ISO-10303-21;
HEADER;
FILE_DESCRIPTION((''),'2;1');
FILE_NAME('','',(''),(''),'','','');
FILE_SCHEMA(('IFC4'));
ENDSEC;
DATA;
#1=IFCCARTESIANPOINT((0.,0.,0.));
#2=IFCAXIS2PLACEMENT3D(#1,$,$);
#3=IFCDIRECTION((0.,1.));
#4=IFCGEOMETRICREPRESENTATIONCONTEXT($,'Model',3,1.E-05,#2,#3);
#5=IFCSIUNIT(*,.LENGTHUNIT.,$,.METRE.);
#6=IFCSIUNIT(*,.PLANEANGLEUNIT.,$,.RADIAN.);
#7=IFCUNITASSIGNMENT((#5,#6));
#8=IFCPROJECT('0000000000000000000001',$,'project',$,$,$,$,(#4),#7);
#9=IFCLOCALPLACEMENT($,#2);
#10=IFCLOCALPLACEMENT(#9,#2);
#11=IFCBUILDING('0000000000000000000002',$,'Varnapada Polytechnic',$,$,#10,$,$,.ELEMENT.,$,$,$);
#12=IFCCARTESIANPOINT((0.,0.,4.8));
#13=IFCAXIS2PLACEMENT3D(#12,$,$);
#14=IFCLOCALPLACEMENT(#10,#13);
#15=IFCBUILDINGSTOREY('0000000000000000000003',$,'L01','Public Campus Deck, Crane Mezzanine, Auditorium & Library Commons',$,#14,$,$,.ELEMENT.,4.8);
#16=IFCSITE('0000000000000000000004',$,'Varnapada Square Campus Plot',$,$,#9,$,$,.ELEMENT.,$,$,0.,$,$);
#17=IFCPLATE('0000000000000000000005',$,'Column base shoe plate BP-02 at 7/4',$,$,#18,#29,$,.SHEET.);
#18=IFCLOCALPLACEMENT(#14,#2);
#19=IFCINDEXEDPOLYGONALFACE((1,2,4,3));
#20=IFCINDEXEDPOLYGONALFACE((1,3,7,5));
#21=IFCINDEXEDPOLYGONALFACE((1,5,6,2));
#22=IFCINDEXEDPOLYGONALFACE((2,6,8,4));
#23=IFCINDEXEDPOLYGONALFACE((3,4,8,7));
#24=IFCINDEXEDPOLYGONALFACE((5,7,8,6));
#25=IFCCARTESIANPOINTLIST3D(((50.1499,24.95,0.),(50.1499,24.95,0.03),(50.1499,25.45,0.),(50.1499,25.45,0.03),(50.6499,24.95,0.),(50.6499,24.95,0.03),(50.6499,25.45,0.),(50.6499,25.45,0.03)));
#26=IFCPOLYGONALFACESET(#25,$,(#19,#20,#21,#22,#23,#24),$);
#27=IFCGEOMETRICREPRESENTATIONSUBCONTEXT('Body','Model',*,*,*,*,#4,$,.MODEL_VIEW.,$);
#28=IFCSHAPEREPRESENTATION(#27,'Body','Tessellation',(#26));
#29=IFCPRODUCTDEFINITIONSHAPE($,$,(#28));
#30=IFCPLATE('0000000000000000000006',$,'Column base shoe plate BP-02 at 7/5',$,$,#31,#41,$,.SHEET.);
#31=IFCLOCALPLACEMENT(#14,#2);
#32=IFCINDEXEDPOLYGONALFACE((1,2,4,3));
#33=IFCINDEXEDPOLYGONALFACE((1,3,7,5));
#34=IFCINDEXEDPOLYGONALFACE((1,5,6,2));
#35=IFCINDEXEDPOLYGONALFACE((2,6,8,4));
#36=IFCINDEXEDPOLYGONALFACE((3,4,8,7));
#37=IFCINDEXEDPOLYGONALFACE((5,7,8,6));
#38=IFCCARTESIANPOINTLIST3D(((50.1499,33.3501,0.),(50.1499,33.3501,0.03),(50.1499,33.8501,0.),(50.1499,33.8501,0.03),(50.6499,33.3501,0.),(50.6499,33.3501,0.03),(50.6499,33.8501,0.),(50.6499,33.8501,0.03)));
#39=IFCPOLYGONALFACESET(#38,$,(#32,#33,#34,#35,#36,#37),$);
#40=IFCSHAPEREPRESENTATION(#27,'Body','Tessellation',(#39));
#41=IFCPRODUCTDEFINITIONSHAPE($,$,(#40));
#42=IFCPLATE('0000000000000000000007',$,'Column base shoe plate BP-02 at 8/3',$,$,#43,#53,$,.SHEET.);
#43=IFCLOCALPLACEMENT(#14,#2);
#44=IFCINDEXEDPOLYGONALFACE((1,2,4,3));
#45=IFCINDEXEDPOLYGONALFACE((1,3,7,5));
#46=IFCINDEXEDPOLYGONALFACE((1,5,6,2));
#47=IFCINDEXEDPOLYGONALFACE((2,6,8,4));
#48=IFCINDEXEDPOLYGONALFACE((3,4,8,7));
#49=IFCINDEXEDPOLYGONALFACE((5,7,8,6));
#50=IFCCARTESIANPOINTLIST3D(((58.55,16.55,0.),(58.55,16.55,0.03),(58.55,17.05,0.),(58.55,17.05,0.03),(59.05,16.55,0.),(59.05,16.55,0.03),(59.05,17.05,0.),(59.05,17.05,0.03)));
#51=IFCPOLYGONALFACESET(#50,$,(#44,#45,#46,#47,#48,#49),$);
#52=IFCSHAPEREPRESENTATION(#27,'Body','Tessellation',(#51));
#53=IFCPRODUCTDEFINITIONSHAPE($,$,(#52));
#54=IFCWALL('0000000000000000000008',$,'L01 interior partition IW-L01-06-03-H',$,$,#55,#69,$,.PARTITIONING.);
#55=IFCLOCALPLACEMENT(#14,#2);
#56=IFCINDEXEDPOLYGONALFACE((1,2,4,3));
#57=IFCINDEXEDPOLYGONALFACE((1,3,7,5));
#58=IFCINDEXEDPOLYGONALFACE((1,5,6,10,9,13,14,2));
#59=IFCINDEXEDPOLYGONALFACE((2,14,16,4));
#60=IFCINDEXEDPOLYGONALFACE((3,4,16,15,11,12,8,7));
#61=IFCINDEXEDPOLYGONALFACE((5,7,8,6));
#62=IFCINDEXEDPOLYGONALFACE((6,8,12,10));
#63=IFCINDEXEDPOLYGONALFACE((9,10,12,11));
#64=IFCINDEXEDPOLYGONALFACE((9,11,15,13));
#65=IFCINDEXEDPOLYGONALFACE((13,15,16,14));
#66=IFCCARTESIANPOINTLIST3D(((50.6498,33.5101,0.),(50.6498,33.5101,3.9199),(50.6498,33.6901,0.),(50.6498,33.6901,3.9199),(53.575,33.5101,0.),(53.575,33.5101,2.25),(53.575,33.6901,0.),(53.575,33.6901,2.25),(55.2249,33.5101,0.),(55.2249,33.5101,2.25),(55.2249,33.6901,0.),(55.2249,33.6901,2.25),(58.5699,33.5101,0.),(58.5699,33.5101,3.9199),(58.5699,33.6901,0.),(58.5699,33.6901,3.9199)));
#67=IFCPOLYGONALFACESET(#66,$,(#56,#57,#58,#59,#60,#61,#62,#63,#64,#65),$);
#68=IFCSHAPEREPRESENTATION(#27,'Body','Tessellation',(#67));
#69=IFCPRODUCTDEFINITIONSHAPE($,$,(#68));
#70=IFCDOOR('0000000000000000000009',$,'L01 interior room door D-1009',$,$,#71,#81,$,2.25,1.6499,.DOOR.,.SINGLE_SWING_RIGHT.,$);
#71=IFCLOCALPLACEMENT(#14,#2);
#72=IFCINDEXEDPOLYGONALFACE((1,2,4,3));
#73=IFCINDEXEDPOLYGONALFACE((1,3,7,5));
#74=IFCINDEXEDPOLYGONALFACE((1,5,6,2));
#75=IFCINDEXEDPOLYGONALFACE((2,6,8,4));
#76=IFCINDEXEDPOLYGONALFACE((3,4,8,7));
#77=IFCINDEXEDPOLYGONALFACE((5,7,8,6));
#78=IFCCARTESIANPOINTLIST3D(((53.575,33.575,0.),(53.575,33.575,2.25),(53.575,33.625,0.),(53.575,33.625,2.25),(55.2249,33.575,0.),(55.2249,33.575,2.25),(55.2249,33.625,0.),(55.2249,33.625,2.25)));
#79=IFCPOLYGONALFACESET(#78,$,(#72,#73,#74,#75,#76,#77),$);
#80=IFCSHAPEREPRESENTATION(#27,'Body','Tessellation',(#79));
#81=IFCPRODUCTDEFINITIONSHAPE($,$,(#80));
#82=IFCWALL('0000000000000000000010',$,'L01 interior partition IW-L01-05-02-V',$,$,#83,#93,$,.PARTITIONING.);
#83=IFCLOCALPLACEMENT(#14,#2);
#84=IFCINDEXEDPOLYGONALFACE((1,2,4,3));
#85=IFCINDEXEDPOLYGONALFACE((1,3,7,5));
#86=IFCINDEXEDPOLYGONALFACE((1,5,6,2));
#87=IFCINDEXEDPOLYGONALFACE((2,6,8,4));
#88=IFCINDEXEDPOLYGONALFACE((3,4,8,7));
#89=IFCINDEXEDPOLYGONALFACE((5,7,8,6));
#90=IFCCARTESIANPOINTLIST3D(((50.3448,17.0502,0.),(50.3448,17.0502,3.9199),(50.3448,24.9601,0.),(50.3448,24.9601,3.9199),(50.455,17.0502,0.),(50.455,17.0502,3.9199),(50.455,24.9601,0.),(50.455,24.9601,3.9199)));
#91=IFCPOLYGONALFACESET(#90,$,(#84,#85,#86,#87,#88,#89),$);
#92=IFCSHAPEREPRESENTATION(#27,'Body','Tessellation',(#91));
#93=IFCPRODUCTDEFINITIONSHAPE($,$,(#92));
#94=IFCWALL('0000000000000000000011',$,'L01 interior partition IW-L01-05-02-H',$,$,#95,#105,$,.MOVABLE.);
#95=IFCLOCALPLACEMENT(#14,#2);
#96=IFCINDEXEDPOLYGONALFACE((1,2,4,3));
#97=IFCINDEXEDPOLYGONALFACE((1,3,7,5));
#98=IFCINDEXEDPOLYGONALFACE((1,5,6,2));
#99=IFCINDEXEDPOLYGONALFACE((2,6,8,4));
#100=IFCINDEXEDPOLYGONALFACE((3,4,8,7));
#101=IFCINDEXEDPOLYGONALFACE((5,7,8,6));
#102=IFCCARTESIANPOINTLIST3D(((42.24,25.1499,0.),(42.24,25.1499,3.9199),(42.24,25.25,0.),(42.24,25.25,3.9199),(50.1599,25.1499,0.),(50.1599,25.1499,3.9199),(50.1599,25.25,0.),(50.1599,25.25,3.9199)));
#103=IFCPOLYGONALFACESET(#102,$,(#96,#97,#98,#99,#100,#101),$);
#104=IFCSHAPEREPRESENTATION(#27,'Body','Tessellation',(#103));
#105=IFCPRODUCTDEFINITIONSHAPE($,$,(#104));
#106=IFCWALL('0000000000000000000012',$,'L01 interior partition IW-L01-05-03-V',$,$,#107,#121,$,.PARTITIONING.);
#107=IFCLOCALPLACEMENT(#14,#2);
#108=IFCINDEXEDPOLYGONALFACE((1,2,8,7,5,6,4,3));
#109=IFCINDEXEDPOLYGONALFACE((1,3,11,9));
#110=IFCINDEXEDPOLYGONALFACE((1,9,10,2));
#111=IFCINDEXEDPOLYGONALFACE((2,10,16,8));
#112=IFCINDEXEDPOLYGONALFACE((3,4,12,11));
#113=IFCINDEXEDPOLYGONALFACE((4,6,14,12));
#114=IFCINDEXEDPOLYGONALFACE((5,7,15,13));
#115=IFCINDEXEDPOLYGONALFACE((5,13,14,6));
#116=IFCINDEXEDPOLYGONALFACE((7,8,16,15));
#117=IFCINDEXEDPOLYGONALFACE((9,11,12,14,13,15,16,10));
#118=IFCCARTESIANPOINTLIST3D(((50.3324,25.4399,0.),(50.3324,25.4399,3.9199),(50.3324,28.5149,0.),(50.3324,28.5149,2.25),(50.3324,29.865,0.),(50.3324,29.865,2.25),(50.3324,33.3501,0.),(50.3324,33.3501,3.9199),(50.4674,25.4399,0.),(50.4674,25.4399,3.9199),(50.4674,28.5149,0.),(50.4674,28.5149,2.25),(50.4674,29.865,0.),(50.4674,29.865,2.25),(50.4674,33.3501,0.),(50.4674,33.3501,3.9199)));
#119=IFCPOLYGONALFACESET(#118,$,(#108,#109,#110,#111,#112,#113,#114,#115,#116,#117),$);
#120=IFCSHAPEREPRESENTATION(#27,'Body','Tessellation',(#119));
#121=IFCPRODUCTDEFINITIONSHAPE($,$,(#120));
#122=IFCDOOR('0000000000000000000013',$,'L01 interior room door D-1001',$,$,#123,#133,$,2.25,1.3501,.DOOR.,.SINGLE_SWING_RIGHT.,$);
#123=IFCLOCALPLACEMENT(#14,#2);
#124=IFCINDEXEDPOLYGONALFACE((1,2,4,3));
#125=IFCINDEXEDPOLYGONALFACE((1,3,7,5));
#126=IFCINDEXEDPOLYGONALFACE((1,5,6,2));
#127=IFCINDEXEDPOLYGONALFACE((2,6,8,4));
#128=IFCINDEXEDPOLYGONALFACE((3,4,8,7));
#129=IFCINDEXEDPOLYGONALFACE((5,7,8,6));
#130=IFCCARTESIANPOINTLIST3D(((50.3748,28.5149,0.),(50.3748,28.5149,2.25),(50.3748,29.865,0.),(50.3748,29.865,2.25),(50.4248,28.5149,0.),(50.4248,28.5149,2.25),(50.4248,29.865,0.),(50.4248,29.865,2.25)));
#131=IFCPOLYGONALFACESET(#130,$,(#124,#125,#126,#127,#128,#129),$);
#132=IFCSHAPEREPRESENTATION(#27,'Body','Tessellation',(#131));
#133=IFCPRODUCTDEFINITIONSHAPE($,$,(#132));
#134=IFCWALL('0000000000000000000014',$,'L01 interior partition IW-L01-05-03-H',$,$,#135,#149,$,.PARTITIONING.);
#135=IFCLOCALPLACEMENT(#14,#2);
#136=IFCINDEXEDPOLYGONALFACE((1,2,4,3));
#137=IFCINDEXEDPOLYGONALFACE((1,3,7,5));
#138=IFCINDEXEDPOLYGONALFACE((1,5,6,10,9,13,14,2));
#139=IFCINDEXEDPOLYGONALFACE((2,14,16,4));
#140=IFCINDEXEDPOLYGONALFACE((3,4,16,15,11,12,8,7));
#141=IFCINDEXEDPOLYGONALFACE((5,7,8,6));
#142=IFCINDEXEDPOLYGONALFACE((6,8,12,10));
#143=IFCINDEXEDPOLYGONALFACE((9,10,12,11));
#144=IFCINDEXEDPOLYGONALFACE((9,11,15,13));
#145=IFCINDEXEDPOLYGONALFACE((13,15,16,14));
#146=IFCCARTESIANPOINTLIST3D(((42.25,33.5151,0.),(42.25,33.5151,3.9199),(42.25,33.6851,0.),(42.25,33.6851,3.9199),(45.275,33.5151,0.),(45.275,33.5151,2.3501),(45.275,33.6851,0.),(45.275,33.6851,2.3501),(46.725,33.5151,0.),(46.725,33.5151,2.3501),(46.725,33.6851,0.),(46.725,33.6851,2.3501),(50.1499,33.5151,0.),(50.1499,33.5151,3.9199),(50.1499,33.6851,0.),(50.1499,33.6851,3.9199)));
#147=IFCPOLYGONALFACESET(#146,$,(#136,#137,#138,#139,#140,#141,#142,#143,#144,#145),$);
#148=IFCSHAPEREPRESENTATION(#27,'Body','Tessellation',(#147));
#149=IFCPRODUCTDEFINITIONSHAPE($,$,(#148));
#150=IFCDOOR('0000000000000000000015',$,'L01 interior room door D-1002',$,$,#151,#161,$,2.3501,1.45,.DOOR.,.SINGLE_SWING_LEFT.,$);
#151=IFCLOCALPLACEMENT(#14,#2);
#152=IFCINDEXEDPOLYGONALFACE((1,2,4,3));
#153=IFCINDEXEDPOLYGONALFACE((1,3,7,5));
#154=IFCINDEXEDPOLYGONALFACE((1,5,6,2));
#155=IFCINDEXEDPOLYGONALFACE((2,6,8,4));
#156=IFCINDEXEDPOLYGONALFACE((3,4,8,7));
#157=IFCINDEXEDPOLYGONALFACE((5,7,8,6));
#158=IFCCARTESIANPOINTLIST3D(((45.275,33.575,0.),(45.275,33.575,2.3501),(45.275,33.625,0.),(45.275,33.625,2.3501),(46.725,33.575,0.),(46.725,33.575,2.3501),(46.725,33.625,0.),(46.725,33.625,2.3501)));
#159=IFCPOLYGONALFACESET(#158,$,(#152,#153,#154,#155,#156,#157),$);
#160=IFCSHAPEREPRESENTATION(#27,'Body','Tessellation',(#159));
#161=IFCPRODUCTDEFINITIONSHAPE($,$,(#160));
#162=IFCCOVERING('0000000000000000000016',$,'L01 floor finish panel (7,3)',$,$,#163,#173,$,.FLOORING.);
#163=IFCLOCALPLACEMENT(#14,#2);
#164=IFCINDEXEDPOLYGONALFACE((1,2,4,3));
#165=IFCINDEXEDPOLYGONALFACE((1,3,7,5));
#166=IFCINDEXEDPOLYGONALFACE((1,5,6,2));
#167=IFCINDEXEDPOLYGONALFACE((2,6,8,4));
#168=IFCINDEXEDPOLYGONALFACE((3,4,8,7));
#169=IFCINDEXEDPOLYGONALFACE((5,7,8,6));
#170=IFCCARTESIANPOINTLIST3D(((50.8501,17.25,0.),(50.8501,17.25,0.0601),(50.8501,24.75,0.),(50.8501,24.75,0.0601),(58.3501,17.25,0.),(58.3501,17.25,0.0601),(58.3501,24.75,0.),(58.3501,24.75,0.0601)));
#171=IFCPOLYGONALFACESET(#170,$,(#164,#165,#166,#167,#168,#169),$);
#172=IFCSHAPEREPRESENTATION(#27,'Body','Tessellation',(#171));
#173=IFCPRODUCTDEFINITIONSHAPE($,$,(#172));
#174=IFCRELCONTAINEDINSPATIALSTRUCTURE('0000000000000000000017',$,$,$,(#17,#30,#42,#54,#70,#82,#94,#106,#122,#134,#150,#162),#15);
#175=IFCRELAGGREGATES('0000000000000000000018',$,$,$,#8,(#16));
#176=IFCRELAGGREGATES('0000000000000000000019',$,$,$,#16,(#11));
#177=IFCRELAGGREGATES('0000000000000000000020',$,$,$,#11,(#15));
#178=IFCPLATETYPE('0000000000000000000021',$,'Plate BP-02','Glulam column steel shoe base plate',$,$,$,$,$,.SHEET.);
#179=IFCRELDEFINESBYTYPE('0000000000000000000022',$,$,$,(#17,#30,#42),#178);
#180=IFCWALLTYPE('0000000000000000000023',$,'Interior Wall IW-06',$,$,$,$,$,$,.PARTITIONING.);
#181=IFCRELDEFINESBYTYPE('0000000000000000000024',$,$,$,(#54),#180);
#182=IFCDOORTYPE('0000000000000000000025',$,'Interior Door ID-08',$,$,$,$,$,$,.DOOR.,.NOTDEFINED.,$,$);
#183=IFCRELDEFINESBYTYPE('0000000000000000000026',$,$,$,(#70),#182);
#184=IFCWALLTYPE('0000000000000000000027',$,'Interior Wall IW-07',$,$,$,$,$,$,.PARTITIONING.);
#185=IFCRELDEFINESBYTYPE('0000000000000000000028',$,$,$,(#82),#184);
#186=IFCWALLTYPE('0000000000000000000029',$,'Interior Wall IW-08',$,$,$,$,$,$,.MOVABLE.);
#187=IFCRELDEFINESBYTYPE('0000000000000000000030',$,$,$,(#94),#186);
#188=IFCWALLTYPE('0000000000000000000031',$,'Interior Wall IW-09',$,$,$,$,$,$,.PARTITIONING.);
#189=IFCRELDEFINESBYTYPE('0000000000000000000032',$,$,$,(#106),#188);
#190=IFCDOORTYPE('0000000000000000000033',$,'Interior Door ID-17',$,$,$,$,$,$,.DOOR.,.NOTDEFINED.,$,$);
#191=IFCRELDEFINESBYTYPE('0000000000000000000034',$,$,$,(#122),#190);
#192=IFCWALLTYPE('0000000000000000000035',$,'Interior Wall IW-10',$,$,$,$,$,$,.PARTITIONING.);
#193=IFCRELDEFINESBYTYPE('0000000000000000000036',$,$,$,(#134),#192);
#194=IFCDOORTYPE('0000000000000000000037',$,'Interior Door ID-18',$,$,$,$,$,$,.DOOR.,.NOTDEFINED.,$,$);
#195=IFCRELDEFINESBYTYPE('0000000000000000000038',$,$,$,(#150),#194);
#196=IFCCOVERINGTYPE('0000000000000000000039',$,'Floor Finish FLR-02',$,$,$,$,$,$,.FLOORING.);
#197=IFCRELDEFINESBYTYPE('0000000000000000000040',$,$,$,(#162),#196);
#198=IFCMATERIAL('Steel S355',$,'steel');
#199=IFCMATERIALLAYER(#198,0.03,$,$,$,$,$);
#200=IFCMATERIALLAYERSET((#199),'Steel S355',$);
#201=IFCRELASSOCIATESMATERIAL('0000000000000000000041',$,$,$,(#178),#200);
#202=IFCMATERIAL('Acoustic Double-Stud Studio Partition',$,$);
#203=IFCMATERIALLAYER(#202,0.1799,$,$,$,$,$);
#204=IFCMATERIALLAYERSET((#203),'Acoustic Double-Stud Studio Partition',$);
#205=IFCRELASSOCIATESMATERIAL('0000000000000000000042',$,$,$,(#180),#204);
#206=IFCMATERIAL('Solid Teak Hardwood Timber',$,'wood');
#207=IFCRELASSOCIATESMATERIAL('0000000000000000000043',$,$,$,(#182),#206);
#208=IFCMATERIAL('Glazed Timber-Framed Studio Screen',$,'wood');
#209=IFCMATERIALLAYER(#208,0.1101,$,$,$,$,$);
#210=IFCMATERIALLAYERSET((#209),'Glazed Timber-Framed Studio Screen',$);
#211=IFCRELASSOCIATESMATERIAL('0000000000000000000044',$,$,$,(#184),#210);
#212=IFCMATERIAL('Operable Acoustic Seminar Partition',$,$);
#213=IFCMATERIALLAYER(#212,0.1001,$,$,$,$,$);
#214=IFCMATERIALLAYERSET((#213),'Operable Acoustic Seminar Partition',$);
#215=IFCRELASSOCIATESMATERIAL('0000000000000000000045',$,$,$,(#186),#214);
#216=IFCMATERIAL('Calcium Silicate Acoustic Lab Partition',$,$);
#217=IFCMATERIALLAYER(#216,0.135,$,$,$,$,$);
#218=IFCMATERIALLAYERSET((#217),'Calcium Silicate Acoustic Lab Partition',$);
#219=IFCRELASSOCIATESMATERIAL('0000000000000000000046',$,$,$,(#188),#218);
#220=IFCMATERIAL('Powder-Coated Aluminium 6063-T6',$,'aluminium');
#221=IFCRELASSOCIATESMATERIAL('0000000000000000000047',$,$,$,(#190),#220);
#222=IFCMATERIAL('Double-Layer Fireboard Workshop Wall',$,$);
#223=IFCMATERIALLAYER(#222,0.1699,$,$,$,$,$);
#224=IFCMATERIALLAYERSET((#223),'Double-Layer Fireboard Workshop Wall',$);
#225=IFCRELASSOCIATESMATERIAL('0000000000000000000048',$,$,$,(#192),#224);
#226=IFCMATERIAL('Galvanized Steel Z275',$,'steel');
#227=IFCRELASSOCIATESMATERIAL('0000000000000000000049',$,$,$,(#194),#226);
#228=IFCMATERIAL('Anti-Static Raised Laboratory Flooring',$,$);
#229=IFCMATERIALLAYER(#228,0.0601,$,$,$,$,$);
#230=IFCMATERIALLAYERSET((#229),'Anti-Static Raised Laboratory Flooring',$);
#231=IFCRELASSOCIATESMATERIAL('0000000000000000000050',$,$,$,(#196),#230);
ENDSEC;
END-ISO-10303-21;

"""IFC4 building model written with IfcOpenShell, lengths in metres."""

from ifc_helpers import new_model, si_unit, direction, frame, frame_2d, origin, origin_2d, place, context, subcontext, project, spatial, rectangle, extrude, material, layer, layer_set, type_object, element, fill, save


model = new_model("IFC4")

# Units and contexts
model_context = context("Model", 3, precision=1e-05, world=origin(), true_north=direction((0.0, 1.0)))
body_context = subcontext(model_context, "Body", "Model", "MODEL_VIEW")
ifc_project = project(units=[si_unit("LENGTHUNIT", "METRE"), si_unit("PLANEANGLEUNIT", "RADIAN")], contexts=[model_context])

# Site, building, storey
site_placement = place(None, origin())
site = spatial("IfcSite", under=ifc_project, at=site_placement, Name="Varnapada Square Campus Plot", CompositionType="ELEMENT", RefElevation=0.0)
building_placement = place(site_placement, origin())
building = spatial("IfcBuilding", under=site, at=building_placement, Name="Varnapada Polytechnic", CompositionType="ELEMENT")
storey_placement = place(building_placement, frame((0.0, 0.0, 4.8)))
storey = spatial("IfcBuildingStorey", under=building, at=storey_placement, Name="L01", Description="Public Campus Deck, Crane Mezzanine, Auditorium & Library Commons", CompositionType="ELEMENT", Elevation=4.8)

# Plates
ifc_material_1 = material(Name="Steel S355", Category="steel")
ifc_layer_1 = layer(ifc_material_1, 0.03)
ifc_layer_set_1 = layer_set([ifc_layer_1], Name="Steel S355")
plate_type = type_object("IfcPlateType", Name="Plate BP-02", Description="Glulam column steel shoe base plate", PredefinedType="SHEET", material=ifc_layer_set_1)
for number, where, z_axis, x_axis, name in (
    (1, (50.3999, 25.2, 0.0), (0.0, 0.0, 1.0), (1.0, 0.0, 0.0), "Column base shoe plate BP-02 at 7/4"),
    (2, (50.3999, 33.6001, 0.0), (0.0, 0.0, 1.0), (1.0, 0.0, 0.0), "Column base shoe plate BP-02 at 7/5"),
    (3, (58.8, 16.8, 0.0), (0.0, 0.0, 1.0), (1.0, 0.0, 0.0), "Column base shoe plate BP-02 at 8/3"),
):
    element("IfcPlate", number, at=place(storey_placement, frame(where, z_axis=z_axis, x_axis=x_axis)), inside=storey, type_object=plate_type, Name=name, PredefinedType="SHEET", context=body_context, shape_type="SweptSolid", body=[
        extrude(rectangle(XDim=0.5, YDim=0.5, at=origin_2d()), origin(), (0.0, 0.0, 1.0), 0.03),
    ])

# Wall, opening, door
ifc_material_2 = material(Name="Acoustic Double-Stud Studio Partition")
ifc_layer_2 = layer(ifc_material_2, 0.1799)
ifc_layer_set_2 = layer_set([ifc_layer_2], Name="Acoustic Double-Stud Studio Partition")
wall_type_1 = type_object("IfcWallType", Name="Interior Wall IW-06", PredefinedType="PARTITIONING", material=ifc_layer_set_2)
wall_1_placement = place(storey_placement, frame((50.6499, 33.6001, 0.0), z_axis=(0.0, 0.0, 1.0), x_axis=(1.0, 0.0, 0.0)))
wall_1 = element("IfcWall", 4, at=wall_1_placement, inside=storey, type_object=wall_type_1, Name="L01 interior partition IW-L01-06-03-H", PredefinedType="PARTITIONING", context=body_context, shape_type="SweptSolid", body=[
    extrude(rectangle(XDim=7.9202, YDim=0.1799, at=frame_2d((3.96, 0.0))), origin(), (0.0, 0.0, 1.0), 3.9199),
])
opening_1_placement = place(wall_1_placement, frame((2.925, 0.0, 0.0)))
opening_1 = element("IfcOpeningElement", 5, at=opening_1_placement, cuts=wall_1, PredefinedType="OPENING", context=body_context, shape_type="SweptSolid", body=[
    extrude(rectangle(XDim=1.6499, YDim=2.25, at=frame_2d((0.825, 1.125))), frame((0.0, 0.0999, 0.0), z_axis=(0.0, -1.0, 0.0), x_axis=(1.0, 0.0, 0.0)), (0.0, 0.0, 1.0), 0.2),
])
ifc_material_3 = material(Name="Solid Teak Hardwood Timber", Category="wood")
door_type_1 = type_object("IfcDoorType", Name="Interior Door ID-08", OperationType="NOTDEFINED", PredefinedType="DOOR", material=ifc_material_3)
door_1_placement = place(opening_1_placement, origin())
door_1 = element("IfcDoor", 6, at=door_1_placement, inside=storey, type_object=door_type_1, Name="L01 interior room door D-1009", OperationType="SINGLE_SWING_RIGHT", OverallHeight=2.25, OverallWidth=1.6499, PredefinedType="DOOR", context=body_context, shape_type="SweptSolid", body=[
    extrude(rectangle(XDim=1.6499, YDim=2.25, at=frame_2d((0.825, 1.125))), frame((0.0, 0.0249, 0.0), z_axis=(0.0, -1.0, 0.0), x_axis=(1.0, 0.0, 0.0)), (0.0, 0.0, 1.0), 0.05),
])
fill(opening_1, door_1)

# Walls
ifc_material_4 = material(Name="Glazed Timber-Framed Studio Screen", Category="wood")
ifc_layer_3 = layer(ifc_material_4, 0.1101)
ifc_layer_set_3 = layer_set([ifc_layer_3], Name="Glazed Timber-Framed Studio Screen")
wall_type_2 = type_object("IfcWallType", Name="Interior Wall IW-07", PredefinedType="PARTITIONING", material=ifc_layer_set_3)
wall_2_placement = place(storey_placement, frame((50.3999, 17.05, 0.0), z_axis=(0.0, 0.0, 1.0), x_axis=(0.0, 1.0, 0.0)))
element("IfcWall", 7, at=wall_2_placement, inside=storey, type_object=wall_type_2, Name="L01 interior partition IW-L01-05-02-V", PredefinedType="PARTITIONING", context=body_context, shape_type="SweptSolid", body=[
    extrude(rectangle(XDim=7.9099, YDim=0.1101, at=frame_2d((3.9551, 0.0))), origin(), (0.0, 0.0, 1.0), 3.9199),
])
ifc_material_5 = material(Name="Operable Acoustic Seminar Partition")
ifc_layer_4 = layer(ifc_material_5, 0.1001)
ifc_layer_set_4 = layer_set([ifc_layer_4], Name="Operable Acoustic Seminar Partition")
wall_type_3 = type_object("IfcWallType", Name="Interior Wall IW-08", PredefinedType="MOVABLE", material=ifc_layer_set_4)
wall_3_placement = place(storey_placement, frame((42.24, 25.2, 0.0), z_axis=(0.0, 0.0, 1.0), x_axis=(1.0, 0.0, 0.0)))
element("IfcWall", 8, at=wall_3_placement, inside=storey, type_object=wall_type_3, Name="L01 interior partition IW-L01-05-02-H", PredefinedType="MOVABLE", context=body_context, shape_type="SweptSolid", body=[
    extrude(rectangle(XDim=7.9199, YDim=0.1001, at=frame_2d((3.96, 0.0))), origin(), (0.0, 0.0, 1.0), 3.9199),
])

# Walls, openings, doors
ifc_material_6 = material(Name="Calcium Silicate Acoustic Lab Partition")
ifc_layer_5 = layer(ifc_material_6, 0.135)
ifc_layer_set_5 = layer_set([ifc_layer_5], Name="Calcium Silicate Acoustic Lab Partition")
wall_type_4 = type_object("IfcWallType", Name="Interior Wall IW-09", PredefinedType="PARTITIONING", material=ifc_layer_set_5)
wall_4_placement = place(storey_placement, frame((50.3999, 25.4399, 0.0), z_axis=(0.0, 0.0, 1.0), x_axis=(0.0, 1.0, 0.0)))
wall_4 = element("IfcWall", 9, at=wall_4_placement, inside=storey, type_object=wall_type_4, Name="L01 interior partition IW-L01-05-03-V", PredefinedType="PARTITIONING", context=body_context, shape_type="SweptSolid", body=[
    extrude(rectangle(XDim=7.9102, YDim=0.135, at=frame_2d((3.9551, 0.0))), origin(), (0.0, 0.0, 1.0), 3.9199),
])
opening_2_placement = place(wall_4_placement, frame((3.075, 0.0, 0.0)))
opening_2 = element("IfcOpeningElement", 10, at=opening_2_placement, cuts=wall_4, PredefinedType="OPENING", context=body_context, shape_type="SweptSolid", body=[
    extrude(rectangle(XDim=1.3501, YDim=2.25, at=frame_2d((0.675, 1.125))), frame((0.0, 0.0774, 0.0), z_axis=(0.0, -1.0, 0.0), x_axis=(1.0, 0.0, 0.0)), (0.0, 0.0, 1.0), 0.155),
])
ifc_material_7 = material(Name="Powder-Coated Aluminium 6063-T6", Category="aluminium")
door_type_2 = type_object("IfcDoorType", Name="Interior Door ID-17", OperationType="NOTDEFINED", PredefinedType="DOOR", material=ifc_material_7)
door_2_placement = place(opening_2_placement, frame((1.3501, 0.0, 0.0), z_axis=(0.0, 0.0, 1.0), x_axis=(-1.0, 0.0, 0.0)))
door_2 = element("IfcDoor", 11, at=door_2_placement, inside=storey, type_object=door_type_2, Name="L01 interior room door D-1001", OperationType="SINGLE_SWING_RIGHT", OverallHeight=2.25, OverallWidth=1.3501, PredefinedType="DOOR", context=body_context, shape_type="SweptSolid", body=[
    extrude(rectangle(XDim=1.3501, YDim=2.25, at=frame_2d((0.675, 1.125))), frame((0.0, 0.0249, 0.0), z_axis=(0.0, -1.0, 0.0), x_axis=(1.0, 0.0, 0.0)), (0.0, 0.0, 1.0), 0.05),
])
fill(opening_2, door_2)
ifc_material_8 = material(Name="Double-Layer Fireboard Workshop Wall")
ifc_layer_6 = layer(ifc_material_8, 0.1699)
ifc_layer_set_6 = layer_set([ifc_layer_6], Name="Double-Layer Fireboard Workshop Wall")
wall_type_5 = type_object("IfcWallType", Name="Interior Wall IW-10", PredefinedType="PARTITIONING", material=ifc_layer_set_6)
wall_5_placement = place(storey_placement, frame((42.25, 33.6001, 0.0), z_axis=(0.0, 0.0, 1.0), x_axis=(1.0, 0.0, 0.0)))
wall_5 = element("IfcWall", 12, at=wall_5_placement, inside=storey, type_object=wall_type_5, Name="L01 interior partition IW-L01-05-03-H", PredefinedType="PARTITIONING", context=body_context, shape_type="SweptSolid", body=[
    extrude(rectangle(XDim=7.8999, YDim=0.1699, at=frame_2d((3.95, 0.0))), origin(), (0.0, 0.0, 1.0), 3.9199),
])
opening_3_placement = place(wall_5_placement, frame((3.0249, 0.0, 0.0)))
opening_3 = element("IfcOpeningElement", 13, at=opening_3_placement, cuts=wall_5, PredefinedType="OPENING", context=body_context, shape_type="SweptSolid", body=[
    extrude(rectangle(XDim=1.45, YDim=2.3501, at=frame_2d((0.7251, 1.175))), frame((0.0, 0.095, 0.0), z_axis=(0.0, -1.0, 0.0), x_axis=(1.0, 0.0, 0.0)), (0.0, 0.0, 1.0), 0.1899),
])
ifc_material_9 = material(Name="Galvanized Steel Z275", Category="steel")
door_type_3 = type_object("IfcDoorType", Name="Interior Door ID-18", OperationType="NOTDEFINED", PredefinedType="DOOR", material=ifc_material_9)
door_3_placement = place(opening_3_placement, origin())
door_3 = element("IfcDoor", 14, at=door_3_placement, inside=storey, type_object=door_type_3, Name="L01 interior room door D-1002", OperationType="SINGLE_SWING_LEFT", OverallHeight=2.3501, OverallWidth=1.45, PredefinedType="DOOR", context=body_context, shape_type="SweptSolid", body=[
    extrude(rectangle(XDim=1.45, YDim=2.3501, at=frame_2d((0.7251, 1.175))), frame((0.0, 0.0249, 0.0), z_axis=(0.0, -1.0, 0.0), x_axis=(1.0, 0.0, 0.0)), (0.0, 0.0, 1.0), 0.05),
])
fill(opening_3, door_3)

# Covering
ifc_material_10 = material(Name="Anti-Static Raised Laboratory Flooring")
ifc_layer_7 = layer(ifc_material_10, 0.0601)
ifc_layer_set_7 = layer_set([ifc_layer_7], Name="Anti-Static Raised Laboratory Flooring")
covering_type_1 = type_object("IfcCoveringType", Name="Floor Finish FLR-02", PredefinedType="FLOORING", material=ifc_layer_set_7)
covering_1_placement = place(storey_placement, frame((54.6001, 21.0, 0.0), z_axis=(0.0, 0.0, 1.0), x_axis=(1.0, 0.0, 0.0)))
element("IfcCovering", 15, at=covering_1_placement, inside=storey, type_object=covering_type_1, Name="L01 floor finish panel (7,3)", PredefinedType="FLOORING", context=body_context, shape_type="SweptSolid", body=[
    extrude(rectangle(XDim=7.5, YDim=7.5, at=origin_2d()), origin(), (0.0, 0.0, 1.0), 0.0601),
])

save(model, "model.ifc")
